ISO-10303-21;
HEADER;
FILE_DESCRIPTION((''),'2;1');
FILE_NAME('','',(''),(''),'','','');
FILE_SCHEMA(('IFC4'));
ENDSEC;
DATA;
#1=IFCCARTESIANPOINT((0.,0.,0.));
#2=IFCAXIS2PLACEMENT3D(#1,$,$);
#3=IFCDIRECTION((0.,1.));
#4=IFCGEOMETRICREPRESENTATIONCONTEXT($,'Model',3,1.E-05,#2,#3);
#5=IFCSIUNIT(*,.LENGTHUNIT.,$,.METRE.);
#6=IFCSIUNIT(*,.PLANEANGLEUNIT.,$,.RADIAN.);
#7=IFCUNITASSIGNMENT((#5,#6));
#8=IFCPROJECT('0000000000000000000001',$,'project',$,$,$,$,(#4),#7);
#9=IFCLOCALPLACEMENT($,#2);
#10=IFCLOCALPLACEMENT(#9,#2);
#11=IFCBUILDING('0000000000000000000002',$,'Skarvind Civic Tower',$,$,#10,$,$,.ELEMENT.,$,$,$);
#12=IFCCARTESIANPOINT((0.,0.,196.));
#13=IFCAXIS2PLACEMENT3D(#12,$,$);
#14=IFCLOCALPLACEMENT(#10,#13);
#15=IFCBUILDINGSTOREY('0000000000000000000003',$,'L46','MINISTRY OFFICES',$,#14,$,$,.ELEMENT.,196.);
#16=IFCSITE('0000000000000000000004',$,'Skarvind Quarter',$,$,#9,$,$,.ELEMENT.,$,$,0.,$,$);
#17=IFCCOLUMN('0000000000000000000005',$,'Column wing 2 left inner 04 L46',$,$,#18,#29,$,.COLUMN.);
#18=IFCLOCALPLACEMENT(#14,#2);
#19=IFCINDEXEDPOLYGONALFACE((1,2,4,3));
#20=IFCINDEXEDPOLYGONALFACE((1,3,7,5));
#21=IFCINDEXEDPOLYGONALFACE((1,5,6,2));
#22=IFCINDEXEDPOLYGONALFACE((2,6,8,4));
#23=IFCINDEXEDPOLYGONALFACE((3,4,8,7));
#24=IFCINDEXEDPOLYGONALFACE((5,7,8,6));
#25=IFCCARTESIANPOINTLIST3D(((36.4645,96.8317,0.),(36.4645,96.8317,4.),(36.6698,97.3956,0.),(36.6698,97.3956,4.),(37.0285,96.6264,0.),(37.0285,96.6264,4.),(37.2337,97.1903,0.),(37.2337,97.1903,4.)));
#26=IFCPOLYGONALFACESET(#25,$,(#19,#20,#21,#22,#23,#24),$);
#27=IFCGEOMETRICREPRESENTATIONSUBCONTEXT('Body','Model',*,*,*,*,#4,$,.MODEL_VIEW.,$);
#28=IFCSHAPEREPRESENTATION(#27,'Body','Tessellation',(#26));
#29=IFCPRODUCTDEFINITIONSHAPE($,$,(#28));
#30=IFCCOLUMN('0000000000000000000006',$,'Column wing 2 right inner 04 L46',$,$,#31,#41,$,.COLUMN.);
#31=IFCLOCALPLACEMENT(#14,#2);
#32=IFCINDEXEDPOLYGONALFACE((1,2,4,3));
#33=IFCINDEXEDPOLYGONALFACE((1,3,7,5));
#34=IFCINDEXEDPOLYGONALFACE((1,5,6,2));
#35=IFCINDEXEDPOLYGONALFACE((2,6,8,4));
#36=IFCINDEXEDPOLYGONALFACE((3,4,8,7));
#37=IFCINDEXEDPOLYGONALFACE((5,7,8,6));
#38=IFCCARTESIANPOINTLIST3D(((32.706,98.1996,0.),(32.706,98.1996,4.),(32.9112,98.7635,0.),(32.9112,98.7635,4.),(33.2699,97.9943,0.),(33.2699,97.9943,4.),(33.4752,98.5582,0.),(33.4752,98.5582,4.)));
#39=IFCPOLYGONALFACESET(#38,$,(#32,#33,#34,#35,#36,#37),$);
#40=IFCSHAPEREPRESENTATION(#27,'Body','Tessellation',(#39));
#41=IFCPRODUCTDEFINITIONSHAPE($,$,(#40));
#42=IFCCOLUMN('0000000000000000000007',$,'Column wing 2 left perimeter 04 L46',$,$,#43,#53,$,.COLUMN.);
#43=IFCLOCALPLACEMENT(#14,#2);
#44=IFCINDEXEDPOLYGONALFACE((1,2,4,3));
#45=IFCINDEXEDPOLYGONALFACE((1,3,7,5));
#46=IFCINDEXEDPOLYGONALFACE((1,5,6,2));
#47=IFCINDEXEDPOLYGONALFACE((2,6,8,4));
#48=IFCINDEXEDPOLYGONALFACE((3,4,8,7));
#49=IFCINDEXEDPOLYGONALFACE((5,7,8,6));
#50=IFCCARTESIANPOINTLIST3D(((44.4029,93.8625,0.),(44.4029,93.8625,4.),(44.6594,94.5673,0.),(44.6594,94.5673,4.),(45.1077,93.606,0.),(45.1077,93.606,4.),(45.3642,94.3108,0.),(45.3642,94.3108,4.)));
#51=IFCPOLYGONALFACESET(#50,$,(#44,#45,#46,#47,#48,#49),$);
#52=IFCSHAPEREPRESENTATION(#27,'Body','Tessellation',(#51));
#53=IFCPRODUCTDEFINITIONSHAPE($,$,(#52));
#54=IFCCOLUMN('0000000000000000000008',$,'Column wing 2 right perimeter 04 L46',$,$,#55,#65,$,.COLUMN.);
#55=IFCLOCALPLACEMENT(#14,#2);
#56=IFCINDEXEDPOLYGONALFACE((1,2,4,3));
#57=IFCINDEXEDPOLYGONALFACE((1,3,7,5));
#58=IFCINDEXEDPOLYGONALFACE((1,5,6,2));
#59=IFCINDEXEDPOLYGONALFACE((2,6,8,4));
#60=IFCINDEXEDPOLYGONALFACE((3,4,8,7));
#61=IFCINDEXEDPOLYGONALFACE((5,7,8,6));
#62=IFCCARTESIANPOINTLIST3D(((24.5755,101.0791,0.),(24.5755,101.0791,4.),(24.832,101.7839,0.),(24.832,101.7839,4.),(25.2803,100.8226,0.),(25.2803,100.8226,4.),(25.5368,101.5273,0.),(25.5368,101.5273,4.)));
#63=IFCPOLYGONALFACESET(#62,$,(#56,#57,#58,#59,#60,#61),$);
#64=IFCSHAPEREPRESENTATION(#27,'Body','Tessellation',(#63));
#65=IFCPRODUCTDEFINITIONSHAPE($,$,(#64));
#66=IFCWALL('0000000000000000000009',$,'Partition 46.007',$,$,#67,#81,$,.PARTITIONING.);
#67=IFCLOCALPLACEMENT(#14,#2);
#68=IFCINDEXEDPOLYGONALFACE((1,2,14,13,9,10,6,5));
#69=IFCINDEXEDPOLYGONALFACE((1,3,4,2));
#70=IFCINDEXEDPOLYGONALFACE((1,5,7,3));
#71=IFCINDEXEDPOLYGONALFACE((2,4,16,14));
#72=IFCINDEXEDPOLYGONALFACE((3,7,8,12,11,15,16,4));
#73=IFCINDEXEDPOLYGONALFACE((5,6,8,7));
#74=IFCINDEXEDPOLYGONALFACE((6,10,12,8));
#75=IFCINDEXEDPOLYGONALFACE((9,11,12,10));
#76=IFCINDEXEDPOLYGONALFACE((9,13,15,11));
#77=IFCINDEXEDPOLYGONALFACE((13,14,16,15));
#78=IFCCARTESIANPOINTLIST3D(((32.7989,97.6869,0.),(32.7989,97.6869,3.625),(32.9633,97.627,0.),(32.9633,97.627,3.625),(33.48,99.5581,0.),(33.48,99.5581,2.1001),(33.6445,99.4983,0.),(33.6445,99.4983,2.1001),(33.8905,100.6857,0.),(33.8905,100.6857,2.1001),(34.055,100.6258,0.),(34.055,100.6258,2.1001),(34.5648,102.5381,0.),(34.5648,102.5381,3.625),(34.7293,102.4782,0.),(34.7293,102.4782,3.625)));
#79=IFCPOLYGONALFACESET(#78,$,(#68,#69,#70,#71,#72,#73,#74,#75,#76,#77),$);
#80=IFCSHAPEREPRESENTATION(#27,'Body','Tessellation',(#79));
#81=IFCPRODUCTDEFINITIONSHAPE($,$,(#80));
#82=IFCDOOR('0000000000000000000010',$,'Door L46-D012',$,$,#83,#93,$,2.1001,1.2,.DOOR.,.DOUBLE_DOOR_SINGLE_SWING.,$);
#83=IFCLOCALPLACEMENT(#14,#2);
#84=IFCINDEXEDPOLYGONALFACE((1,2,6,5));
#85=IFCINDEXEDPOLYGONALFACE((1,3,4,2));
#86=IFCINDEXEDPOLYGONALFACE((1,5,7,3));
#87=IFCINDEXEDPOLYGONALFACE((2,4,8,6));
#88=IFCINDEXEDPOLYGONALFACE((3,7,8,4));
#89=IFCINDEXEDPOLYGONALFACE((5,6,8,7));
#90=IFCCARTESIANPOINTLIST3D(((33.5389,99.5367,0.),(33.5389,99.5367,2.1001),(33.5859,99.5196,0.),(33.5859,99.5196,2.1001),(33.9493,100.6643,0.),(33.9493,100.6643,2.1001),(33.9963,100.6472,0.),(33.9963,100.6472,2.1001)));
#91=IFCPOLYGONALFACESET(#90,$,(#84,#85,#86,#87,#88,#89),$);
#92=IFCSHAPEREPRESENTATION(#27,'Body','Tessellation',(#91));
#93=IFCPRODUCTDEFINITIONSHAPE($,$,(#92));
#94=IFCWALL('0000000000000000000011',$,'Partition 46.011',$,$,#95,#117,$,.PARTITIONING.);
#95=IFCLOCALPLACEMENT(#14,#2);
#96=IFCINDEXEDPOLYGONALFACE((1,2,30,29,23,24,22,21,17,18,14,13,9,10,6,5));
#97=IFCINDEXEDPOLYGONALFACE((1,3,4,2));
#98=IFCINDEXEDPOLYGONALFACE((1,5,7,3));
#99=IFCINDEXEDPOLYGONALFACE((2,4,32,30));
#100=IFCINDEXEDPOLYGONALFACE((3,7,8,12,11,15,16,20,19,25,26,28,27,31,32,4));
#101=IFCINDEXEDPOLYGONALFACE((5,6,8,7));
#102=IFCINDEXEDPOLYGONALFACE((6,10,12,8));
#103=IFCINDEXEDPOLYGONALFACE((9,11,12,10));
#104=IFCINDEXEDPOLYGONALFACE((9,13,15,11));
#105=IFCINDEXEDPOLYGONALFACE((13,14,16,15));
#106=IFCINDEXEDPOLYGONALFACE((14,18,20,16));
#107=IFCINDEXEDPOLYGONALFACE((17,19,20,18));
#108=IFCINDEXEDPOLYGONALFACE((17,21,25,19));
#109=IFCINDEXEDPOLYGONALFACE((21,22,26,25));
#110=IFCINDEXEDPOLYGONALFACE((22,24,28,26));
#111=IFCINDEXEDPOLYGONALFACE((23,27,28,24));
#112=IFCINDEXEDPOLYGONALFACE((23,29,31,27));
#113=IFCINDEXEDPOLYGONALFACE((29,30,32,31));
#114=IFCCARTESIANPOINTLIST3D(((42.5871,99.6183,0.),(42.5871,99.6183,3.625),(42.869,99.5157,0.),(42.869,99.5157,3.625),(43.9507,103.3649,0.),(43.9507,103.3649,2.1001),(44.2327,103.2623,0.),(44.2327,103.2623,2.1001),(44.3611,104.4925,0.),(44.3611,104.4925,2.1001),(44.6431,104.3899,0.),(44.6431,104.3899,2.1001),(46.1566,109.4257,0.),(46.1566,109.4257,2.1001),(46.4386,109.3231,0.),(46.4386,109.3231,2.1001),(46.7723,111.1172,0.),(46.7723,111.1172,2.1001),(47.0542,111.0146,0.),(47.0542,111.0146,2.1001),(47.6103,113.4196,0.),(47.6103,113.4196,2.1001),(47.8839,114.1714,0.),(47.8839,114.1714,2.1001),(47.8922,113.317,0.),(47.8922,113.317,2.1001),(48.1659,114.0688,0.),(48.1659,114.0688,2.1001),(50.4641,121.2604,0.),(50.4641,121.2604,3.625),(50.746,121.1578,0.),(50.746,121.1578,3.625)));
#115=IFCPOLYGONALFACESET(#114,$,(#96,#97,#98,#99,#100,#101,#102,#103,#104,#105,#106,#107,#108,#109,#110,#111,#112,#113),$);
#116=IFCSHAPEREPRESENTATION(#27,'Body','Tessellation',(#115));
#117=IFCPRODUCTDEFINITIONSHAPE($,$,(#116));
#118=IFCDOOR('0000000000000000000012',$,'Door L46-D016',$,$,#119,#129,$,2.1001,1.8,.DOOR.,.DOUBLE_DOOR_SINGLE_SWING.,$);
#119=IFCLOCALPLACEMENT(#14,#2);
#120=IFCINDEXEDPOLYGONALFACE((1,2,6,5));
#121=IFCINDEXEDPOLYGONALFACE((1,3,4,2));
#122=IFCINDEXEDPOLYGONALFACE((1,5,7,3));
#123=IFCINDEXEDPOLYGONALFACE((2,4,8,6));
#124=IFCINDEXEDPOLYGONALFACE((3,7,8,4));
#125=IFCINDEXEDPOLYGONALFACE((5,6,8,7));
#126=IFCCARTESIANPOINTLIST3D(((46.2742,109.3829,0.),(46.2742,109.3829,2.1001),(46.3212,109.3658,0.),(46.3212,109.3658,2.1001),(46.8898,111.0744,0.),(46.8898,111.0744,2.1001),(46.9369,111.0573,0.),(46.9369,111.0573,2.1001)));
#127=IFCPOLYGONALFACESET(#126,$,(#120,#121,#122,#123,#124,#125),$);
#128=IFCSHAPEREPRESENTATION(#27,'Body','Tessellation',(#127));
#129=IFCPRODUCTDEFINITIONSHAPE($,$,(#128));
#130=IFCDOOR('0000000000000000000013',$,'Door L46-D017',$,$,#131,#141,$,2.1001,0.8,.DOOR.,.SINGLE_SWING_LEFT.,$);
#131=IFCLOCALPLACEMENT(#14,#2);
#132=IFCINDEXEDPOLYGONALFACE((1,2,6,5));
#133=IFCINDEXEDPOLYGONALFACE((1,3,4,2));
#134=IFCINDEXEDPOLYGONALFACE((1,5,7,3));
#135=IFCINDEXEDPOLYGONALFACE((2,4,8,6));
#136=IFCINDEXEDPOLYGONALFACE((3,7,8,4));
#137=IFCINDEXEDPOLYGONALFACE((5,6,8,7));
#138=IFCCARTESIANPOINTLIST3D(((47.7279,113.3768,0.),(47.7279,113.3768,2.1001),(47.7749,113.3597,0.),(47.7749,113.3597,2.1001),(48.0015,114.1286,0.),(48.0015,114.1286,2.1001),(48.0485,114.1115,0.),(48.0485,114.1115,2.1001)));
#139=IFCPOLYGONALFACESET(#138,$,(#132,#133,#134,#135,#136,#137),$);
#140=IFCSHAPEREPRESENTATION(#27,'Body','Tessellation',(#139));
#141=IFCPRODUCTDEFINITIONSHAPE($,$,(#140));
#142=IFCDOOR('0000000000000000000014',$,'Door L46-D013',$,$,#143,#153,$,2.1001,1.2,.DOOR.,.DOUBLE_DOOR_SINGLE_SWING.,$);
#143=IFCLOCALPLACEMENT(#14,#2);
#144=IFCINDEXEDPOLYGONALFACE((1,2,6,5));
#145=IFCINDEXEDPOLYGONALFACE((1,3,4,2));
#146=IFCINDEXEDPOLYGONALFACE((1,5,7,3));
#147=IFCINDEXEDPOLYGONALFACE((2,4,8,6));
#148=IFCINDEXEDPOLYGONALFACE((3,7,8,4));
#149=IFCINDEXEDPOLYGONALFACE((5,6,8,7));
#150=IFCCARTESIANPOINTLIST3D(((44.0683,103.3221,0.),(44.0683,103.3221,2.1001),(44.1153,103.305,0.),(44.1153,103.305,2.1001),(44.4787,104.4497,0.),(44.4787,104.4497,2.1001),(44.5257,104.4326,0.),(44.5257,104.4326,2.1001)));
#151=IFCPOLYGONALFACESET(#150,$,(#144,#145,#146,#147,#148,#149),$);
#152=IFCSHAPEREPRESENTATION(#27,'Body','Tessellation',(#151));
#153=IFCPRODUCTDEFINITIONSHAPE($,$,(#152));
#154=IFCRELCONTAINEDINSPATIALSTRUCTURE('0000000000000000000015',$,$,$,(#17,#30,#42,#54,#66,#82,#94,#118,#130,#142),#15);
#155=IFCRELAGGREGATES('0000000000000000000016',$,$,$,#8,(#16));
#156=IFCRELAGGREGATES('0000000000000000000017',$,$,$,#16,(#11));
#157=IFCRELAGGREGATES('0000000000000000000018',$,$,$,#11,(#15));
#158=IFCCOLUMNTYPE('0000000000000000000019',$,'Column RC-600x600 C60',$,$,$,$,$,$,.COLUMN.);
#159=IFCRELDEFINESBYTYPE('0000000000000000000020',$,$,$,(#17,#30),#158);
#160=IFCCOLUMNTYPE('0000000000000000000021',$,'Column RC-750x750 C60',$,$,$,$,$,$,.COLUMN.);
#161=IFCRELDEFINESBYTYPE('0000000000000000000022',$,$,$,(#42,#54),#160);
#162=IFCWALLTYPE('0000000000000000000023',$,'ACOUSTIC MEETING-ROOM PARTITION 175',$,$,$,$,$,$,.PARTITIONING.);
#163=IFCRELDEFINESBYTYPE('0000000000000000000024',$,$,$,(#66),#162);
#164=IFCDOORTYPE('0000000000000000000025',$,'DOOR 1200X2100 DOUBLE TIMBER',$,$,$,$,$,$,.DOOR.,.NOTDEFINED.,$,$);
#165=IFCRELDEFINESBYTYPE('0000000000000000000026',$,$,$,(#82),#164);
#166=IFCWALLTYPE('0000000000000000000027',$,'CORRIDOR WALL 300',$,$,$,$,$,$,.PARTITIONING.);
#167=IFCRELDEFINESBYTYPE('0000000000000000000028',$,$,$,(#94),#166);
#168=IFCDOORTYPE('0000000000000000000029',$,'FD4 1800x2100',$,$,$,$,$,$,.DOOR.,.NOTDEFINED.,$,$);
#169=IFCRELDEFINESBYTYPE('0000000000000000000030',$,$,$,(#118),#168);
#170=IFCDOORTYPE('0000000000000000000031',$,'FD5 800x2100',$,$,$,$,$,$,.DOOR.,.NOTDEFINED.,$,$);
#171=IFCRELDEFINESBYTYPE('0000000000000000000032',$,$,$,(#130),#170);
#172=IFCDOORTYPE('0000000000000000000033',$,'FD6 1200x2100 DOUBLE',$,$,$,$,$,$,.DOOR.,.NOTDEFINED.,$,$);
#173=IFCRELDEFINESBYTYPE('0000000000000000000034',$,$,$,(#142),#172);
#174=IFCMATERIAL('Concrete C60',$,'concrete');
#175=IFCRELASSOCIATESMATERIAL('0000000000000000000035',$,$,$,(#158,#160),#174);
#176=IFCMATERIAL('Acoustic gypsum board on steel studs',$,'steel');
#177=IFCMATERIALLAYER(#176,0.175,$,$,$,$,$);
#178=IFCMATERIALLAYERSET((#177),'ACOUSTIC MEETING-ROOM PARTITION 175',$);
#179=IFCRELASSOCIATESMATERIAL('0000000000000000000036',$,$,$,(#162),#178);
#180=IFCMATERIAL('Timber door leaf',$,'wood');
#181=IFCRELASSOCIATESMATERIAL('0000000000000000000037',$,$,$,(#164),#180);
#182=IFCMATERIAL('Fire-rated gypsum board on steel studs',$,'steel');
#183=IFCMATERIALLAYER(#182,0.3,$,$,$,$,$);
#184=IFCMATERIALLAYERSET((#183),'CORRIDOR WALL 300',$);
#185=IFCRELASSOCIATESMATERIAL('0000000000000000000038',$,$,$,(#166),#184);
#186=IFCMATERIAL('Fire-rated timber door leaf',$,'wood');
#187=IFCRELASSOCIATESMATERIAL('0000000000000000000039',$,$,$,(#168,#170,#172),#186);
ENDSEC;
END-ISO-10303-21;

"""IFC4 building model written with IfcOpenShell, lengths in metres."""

from ifc_helpers import new_model, si_unit, direction, frame, frame_2d, origin, origin_2d, place, context, subcontext, project, spatial, rectangle, extrude, material, layer, layer_set, material_profile, profile_set, type_object, element, fill, save


model = new_model("IFC4")

# Units and contexts
model_context = context("Model", 3, precision=1e-05, world=origin(), true_north=direction((0.0, 1.0)))
body_context = subcontext(model_context, "Body", "Model", "MODEL_VIEW")
ifc_project = project(units=[si_unit("LENGTHUNIT", "METRE"), si_unit("PLANEANGLEUNIT", "RADIAN")], contexts=[model_context])

# Site, building, storey
site_placement = place(None, origin())
site = spatial("IfcSite", under=ifc_project, at=site_placement, Name="Skarvind Quarter", CompositionType="ELEMENT", RefElevation=0.0)
building_placement = place(site_placement, origin())
building = spatial("IfcBuilding", under=site, at=building_placement, Name="Skarvind Civic Tower", CompositionType="ELEMENT")
storey_placement = place(building_placement, frame((0.0, 0.0, 196.0)))
storey = spatial("IfcBuildingStorey", under=building, at=storey_placement, Name="L46", Description="MINISTRY OFFICES", CompositionType="ELEMENT", Elevation=196.0)

# Columns
ifc_material_1 = material(Name="Concrete C60", Category="concrete")
ifc_material_profile_1 = material_profile(ifc_material_1, rectangle(XDim=0.6001, YDim=0.6001, at=origin_2d()), Name="RC-600x600")
ifc_profile_set_1 = profile_set([ifc_material_profile_1], Name="Concrete C60")
column_type_1 = type_object("IfcColumnType", Name="Column RC-600x600 C60", PredefinedType="COLUMN", material=ifc_profile_set_1)
for number, where, z_axis, x_axis, name in (
    (1, (36.8491, 97.011, 0.0), (0.0, 0.0, 1.0), (-0.34202, -0.939693, 0.0), "Column wing 2 left inner 04 L46"),
    (2, (33.0906, 98.3789, 0.0), (0.0, 0.0, 1.0), (-0.34202, -0.939693, 0.0), "Column wing 2 right inner 04 L46"),
):
    element("IfcColumn", number, at=place(storey_placement, frame(where, z_axis=z_axis, x_axis=x_axis)), inside=storey, type_object=column_type_1, Name=name, PredefinedType="COLUMN", context=body_context, shape_type="SweptSolid", body=[
        extrude(rectangle(XDim=0.6001, YDim=0.6001, at=origin_2d()), origin(), (0.0, 0.0, 1.0), 4.0),
    ])
ifc_material_profile_2 = material_profile(ifc_material_1, rectangle(XDim=0.75, YDim=0.75, at=origin_2d()), Name="RC-750x750")
ifc_profile_set_2 = profile_set([ifc_material_profile_2], Name="Concrete C60")
column_type_2 = type_object("IfcColumnType", Name="Column RC-750x750 C60", PredefinedType="COLUMN", material=ifc_profile_set_2)
for number, where, z_axis, x_axis, name in (
    (3, (44.8835, 94.0867, 0.0), (0.0, 0.0, 1.0), (-0.34202, -0.939693, 0.0), "Column wing 2 left perimeter 04 L46"),
    (4, (25.0562, 101.3032, 0.0), (0.0, 0.0, 1.0), (-0.34202, -0.939693, 0.0), "Column wing 2 right perimeter 04 L46"),
):
    element("IfcColumn", number, at=place(storey_placement, frame(where, z_axis=z_axis, x_axis=x_axis)), inside=storey, type_object=column_type_2, Name=name, PredefinedType="COLUMN", context=body_context, shape_type="SweptSolid", body=[
        extrude(rectangle(XDim=0.75, YDim=0.75, at=origin_2d()), origin(), (0.0, 0.0, 1.0), 4.0),
    ])

# Wall, opening, door
ifc_material_2 = material(Name="Acoustic gypsum board on steel studs", Category="steel")
ifc_layer_1 = layer(ifc_material_2, 0.175)
ifc_layer_set_1 = layer_set([ifc_layer_1], Name="ACOUSTIC MEETING-ROOM PARTITION 175")
wall_type_1 = type_object("IfcWallType", Name="ACOUSTIC MEETING-ROOM PARTITION 175", PredefinedType="PARTITIONING", material=ifc_layer_set_1)
wall_1_placement = place(storey_placement, frame((32.8811, 97.657, 0.0), z_axis=(0.0, 0.0, 1.0), x_axis=(0.342058, 0.939679, 0.0)))
wall_1 = element("IfcWall", 5, at=wall_1_placement, inside=storey, type_object=wall_type_1, Name="Partition 46.007", PredefinedType="PARTITIONING", context=body_context, shape_type="SweptSolid", body=[
    extrude(rectangle(XDim=5.1626, YDim=0.175, at=frame_2d((2.5813, 0.0))), origin(), (0.0, 0.0, 1.0), 3.625),
])
opening_1_placement = place(wall_1_placement, frame((1.9912, 0.0, 0.0)))
opening_1 = element("IfcOpeningElement", 6, at=opening_1_placement, cuts=wall_1, PredefinedType="OPENING", context=body_context, shape_type="SweptSolid", body=[
    extrude(rectangle(XDim=1.2, YDim=2.1001, at=frame_2d((0.6001, 1.05))), frame((0.0, 0.0974, 0.0), z_axis=(0.0, -1.0, 0.0), x_axis=(1.0, 0.0, 0.0)), (0.0, 0.0, 1.0), 0.1951),
])
ifc_material_3 = material(Name="Timber door leaf", Category="wood")
door_type_1 = type_object("IfcDoorType", Name="DOOR 1200X2100 DOUBLE TIMBER", OperationType="NOTDEFINED", PredefinedType="DOOR", material=ifc_material_3)
door_1_placement = place(opening_1_placement, origin())
door_1 = element("IfcDoor", 7, at=door_1_placement, inside=storey, type_object=door_type_1, Name="Door L46-D012", OperationType="DOUBLE_DOOR_SINGLE_SWING", OverallHeight=2.1001, OverallWidth=1.2, PredefinedType="DOOR", context=body_context, shape_type="SweptSolid", body=[
    extrude(rectangle(XDim=1.2, YDim=2.1001, at=frame_2d((0.6001, 1.05))), frame((0.0, 0.0249, 0.0), z_axis=(0.0, -1.0, 0.0), x_axis=(1.0, 0.0, 0.0)), (0.0, 0.0, 1.0), 0.05),
])
fill(opening_1, door_1)

# Wall, openings, doors
ifc_material_4 = material(Name="Fire-rated gypsum board on steel studs", Category="steel")
ifc_layer_2 = layer(ifc_material_4, 0.3)
ifc_layer_set_2 = layer_set([ifc_layer_2], Name="CORRIDOR WALL 300")
wall_type_2 = type_object("IfcWallType", Name="CORRIDOR WALL 300", PredefinedType="PARTITIONING", material=ifc_layer_set_2)
wall_2_placement = place(storey_placement, frame((42.728, 99.5669, 0.0), z_axis=(0.0, 0.0, 1.0), x_axis=(0.342015, 0.939694, 0.0)))
wall_2 = element("IfcWall", 8, at=wall_2_placement, inside=storey, type_object=wall_type_2, Name="Partition 46.011", PredefinedType="PARTITIONING", context=body_context, shape_type="SweptSolid", body=[
    extrude(rectangle(XDim=23.031, YDim=0.3, at=frame_2d((11.5156, 0.0))), origin(), (0.0, 0.0, 1.0), 3.625),
])
opening_2_placement = place(wall_2_placement, frame((3.9871, 0.0, 0.0)))
opening_2 = element("IfcOpeningElement", 9, at=opening_2_placement, cuts=wall_2, PredefinedType="OPENING", context=body_context, shape_type="SweptSolid", body=[
    extrude(rectangle(XDim=1.2, YDim=2.1001, at=frame_2d((0.6001, 1.05))), frame((0.0, 0.1599, 0.0), z_axis=(0.0, -1.0, 0.0), x_axis=(1.0, 0.0, 0.0)), (0.0, 0.0, 1.0), 0.3201),
])
opening_3_placement = place(wall_2_placement, frame((10.437, 0.0, 0.0)))
opening_3 = element("IfcOpeningElement", 10, at=opening_3_placement, cuts=wall_2, PredefinedType="OPENING", context=body_context, shape_type="SweptSolid", body=[
    extrude(rectangle(XDim=1.8, YDim=2.1001, at=frame_2d((0.8999, 1.05))), frame((0.0, 0.1599, 0.0), z_axis=(0.0, -1.0, 0.0), x_axis=(1.0, 0.0, 0.0)), (0.0, 0.0, 1.0), 0.3201),
])
opening_4_placement = place(wall_2_placement, frame((14.6873, 0.0, 0.0)))
opening_4 = element("IfcOpeningElement", 11, at=opening_4_placement, cuts=wall_2, PredefinedType="OPENING", context=body_context, shape_type="SweptSolid", body=[
    extrude(rectangle(XDim=0.8, YDim=2.1001, at=frame_2d((0.3999, 1.05))), frame((0.0, 0.1599, 0.0), z_axis=(0.0, -1.0, 0.0), x_axis=(1.0, 0.0, 0.0)), (0.0, 0.0, 1.0), 0.3201),
])
ifc_material_5 = material(Name="Fire-rated timber door leaf", Category="wood")
door_type_2 = type_object("IfcDoorType", Name="FD4 1800x2100", OperationType="NOTDEFINED", PredefinedType="DOOR", material=ifc_material_5)
door_2_placement = place(opening_3_placement, origin())
door_2 = element("IfcDoor", 12, at=door_2_placement, inside=storey, type_object=door_type_2, Name="Door L46-D016", OperationType="DOUBLE_DOOR_SINGLE_SWING", OverallHeight=2.1001, OverallWidth=1.8, PredefinedType="DOOR", context=body_context, shape_type="SweptSolid", body=[
    extrude(rectangle(XDim=1.8, YDim=2.1001, at=frame_2d((0.8999, 1.05))), frame((0.0, 0.0249, 0.0), z_axis=(0.0, -1.0, 0.0), x_axis=(1.0, 0.0, 0.0)), (0.0, 0.0, 1.0), 0.05),
])
fill(opening_3, door_2)
door_type_3 = type_object("IfcDoorType", Name="FD5 800x2100", OperationType="NOTDEFINED", PredefinedType="DOOR", material=ifc_material_5)
door_3_placement = place(opening_4_placement, origin())
door_3 = element("IfcDoor", 13, at=door_3_placement, inside=storey, type_object=door_type_3, Name="Door L46-D017", OperationType="SINGLE_SWING_LEFT", OverallHeight=2.1001, OverallWidth=0.8, PredefinedType="DOOR", context=body_context, shape_type="SweptSolid", body=[
    extrude(rectangle(XDim=0.8, YDim=2.1001, at=frame_2d((0.3999, 1.05))), frame((0.0, 0.0249, 0.0), z_axis=(0.0, -1.0, 0.0), x_axis=(1.0, 0.0, 0.0)), (0.0, 0.0, 1.0), 0.05),
])
fill(opening_4, door_3)
door_type_4 = type_object("IfcDoorType", Name="FD6 1200x2100 DOUBLE", OperationType="NOTDEFINED", PredefinedType="DOOR", material=ifc_material_5)
door_4_placement = place(opening_2_placement, origin())
door_4 = element("IfcDoor", 14, at=door_4_placement, inside=storey, type_object=door_type_4, Name="Door L46-D013", OperationType="DOUBLE_DOOR_SINGLE_SWING", OverallHeight=2.1001, OverallWidth=1.2, PredefinedType="DOOR", context=body_context, shape_type="SweptSolid", body=[
    extrude(rectangle(XDim=1.2, YDim=2.1001, at=frame_2d((0.6001, 1.05))), frame((0.0, 0.0249, 0.0), z_axis=(0.0, -1.0, 0.0), x_axis=(1.0, 0.0, 0.0)), (0.0, 0.0, 1.0), 0.05),
])
fill(opening_2, door_4)

save(model, "model.ifc")
